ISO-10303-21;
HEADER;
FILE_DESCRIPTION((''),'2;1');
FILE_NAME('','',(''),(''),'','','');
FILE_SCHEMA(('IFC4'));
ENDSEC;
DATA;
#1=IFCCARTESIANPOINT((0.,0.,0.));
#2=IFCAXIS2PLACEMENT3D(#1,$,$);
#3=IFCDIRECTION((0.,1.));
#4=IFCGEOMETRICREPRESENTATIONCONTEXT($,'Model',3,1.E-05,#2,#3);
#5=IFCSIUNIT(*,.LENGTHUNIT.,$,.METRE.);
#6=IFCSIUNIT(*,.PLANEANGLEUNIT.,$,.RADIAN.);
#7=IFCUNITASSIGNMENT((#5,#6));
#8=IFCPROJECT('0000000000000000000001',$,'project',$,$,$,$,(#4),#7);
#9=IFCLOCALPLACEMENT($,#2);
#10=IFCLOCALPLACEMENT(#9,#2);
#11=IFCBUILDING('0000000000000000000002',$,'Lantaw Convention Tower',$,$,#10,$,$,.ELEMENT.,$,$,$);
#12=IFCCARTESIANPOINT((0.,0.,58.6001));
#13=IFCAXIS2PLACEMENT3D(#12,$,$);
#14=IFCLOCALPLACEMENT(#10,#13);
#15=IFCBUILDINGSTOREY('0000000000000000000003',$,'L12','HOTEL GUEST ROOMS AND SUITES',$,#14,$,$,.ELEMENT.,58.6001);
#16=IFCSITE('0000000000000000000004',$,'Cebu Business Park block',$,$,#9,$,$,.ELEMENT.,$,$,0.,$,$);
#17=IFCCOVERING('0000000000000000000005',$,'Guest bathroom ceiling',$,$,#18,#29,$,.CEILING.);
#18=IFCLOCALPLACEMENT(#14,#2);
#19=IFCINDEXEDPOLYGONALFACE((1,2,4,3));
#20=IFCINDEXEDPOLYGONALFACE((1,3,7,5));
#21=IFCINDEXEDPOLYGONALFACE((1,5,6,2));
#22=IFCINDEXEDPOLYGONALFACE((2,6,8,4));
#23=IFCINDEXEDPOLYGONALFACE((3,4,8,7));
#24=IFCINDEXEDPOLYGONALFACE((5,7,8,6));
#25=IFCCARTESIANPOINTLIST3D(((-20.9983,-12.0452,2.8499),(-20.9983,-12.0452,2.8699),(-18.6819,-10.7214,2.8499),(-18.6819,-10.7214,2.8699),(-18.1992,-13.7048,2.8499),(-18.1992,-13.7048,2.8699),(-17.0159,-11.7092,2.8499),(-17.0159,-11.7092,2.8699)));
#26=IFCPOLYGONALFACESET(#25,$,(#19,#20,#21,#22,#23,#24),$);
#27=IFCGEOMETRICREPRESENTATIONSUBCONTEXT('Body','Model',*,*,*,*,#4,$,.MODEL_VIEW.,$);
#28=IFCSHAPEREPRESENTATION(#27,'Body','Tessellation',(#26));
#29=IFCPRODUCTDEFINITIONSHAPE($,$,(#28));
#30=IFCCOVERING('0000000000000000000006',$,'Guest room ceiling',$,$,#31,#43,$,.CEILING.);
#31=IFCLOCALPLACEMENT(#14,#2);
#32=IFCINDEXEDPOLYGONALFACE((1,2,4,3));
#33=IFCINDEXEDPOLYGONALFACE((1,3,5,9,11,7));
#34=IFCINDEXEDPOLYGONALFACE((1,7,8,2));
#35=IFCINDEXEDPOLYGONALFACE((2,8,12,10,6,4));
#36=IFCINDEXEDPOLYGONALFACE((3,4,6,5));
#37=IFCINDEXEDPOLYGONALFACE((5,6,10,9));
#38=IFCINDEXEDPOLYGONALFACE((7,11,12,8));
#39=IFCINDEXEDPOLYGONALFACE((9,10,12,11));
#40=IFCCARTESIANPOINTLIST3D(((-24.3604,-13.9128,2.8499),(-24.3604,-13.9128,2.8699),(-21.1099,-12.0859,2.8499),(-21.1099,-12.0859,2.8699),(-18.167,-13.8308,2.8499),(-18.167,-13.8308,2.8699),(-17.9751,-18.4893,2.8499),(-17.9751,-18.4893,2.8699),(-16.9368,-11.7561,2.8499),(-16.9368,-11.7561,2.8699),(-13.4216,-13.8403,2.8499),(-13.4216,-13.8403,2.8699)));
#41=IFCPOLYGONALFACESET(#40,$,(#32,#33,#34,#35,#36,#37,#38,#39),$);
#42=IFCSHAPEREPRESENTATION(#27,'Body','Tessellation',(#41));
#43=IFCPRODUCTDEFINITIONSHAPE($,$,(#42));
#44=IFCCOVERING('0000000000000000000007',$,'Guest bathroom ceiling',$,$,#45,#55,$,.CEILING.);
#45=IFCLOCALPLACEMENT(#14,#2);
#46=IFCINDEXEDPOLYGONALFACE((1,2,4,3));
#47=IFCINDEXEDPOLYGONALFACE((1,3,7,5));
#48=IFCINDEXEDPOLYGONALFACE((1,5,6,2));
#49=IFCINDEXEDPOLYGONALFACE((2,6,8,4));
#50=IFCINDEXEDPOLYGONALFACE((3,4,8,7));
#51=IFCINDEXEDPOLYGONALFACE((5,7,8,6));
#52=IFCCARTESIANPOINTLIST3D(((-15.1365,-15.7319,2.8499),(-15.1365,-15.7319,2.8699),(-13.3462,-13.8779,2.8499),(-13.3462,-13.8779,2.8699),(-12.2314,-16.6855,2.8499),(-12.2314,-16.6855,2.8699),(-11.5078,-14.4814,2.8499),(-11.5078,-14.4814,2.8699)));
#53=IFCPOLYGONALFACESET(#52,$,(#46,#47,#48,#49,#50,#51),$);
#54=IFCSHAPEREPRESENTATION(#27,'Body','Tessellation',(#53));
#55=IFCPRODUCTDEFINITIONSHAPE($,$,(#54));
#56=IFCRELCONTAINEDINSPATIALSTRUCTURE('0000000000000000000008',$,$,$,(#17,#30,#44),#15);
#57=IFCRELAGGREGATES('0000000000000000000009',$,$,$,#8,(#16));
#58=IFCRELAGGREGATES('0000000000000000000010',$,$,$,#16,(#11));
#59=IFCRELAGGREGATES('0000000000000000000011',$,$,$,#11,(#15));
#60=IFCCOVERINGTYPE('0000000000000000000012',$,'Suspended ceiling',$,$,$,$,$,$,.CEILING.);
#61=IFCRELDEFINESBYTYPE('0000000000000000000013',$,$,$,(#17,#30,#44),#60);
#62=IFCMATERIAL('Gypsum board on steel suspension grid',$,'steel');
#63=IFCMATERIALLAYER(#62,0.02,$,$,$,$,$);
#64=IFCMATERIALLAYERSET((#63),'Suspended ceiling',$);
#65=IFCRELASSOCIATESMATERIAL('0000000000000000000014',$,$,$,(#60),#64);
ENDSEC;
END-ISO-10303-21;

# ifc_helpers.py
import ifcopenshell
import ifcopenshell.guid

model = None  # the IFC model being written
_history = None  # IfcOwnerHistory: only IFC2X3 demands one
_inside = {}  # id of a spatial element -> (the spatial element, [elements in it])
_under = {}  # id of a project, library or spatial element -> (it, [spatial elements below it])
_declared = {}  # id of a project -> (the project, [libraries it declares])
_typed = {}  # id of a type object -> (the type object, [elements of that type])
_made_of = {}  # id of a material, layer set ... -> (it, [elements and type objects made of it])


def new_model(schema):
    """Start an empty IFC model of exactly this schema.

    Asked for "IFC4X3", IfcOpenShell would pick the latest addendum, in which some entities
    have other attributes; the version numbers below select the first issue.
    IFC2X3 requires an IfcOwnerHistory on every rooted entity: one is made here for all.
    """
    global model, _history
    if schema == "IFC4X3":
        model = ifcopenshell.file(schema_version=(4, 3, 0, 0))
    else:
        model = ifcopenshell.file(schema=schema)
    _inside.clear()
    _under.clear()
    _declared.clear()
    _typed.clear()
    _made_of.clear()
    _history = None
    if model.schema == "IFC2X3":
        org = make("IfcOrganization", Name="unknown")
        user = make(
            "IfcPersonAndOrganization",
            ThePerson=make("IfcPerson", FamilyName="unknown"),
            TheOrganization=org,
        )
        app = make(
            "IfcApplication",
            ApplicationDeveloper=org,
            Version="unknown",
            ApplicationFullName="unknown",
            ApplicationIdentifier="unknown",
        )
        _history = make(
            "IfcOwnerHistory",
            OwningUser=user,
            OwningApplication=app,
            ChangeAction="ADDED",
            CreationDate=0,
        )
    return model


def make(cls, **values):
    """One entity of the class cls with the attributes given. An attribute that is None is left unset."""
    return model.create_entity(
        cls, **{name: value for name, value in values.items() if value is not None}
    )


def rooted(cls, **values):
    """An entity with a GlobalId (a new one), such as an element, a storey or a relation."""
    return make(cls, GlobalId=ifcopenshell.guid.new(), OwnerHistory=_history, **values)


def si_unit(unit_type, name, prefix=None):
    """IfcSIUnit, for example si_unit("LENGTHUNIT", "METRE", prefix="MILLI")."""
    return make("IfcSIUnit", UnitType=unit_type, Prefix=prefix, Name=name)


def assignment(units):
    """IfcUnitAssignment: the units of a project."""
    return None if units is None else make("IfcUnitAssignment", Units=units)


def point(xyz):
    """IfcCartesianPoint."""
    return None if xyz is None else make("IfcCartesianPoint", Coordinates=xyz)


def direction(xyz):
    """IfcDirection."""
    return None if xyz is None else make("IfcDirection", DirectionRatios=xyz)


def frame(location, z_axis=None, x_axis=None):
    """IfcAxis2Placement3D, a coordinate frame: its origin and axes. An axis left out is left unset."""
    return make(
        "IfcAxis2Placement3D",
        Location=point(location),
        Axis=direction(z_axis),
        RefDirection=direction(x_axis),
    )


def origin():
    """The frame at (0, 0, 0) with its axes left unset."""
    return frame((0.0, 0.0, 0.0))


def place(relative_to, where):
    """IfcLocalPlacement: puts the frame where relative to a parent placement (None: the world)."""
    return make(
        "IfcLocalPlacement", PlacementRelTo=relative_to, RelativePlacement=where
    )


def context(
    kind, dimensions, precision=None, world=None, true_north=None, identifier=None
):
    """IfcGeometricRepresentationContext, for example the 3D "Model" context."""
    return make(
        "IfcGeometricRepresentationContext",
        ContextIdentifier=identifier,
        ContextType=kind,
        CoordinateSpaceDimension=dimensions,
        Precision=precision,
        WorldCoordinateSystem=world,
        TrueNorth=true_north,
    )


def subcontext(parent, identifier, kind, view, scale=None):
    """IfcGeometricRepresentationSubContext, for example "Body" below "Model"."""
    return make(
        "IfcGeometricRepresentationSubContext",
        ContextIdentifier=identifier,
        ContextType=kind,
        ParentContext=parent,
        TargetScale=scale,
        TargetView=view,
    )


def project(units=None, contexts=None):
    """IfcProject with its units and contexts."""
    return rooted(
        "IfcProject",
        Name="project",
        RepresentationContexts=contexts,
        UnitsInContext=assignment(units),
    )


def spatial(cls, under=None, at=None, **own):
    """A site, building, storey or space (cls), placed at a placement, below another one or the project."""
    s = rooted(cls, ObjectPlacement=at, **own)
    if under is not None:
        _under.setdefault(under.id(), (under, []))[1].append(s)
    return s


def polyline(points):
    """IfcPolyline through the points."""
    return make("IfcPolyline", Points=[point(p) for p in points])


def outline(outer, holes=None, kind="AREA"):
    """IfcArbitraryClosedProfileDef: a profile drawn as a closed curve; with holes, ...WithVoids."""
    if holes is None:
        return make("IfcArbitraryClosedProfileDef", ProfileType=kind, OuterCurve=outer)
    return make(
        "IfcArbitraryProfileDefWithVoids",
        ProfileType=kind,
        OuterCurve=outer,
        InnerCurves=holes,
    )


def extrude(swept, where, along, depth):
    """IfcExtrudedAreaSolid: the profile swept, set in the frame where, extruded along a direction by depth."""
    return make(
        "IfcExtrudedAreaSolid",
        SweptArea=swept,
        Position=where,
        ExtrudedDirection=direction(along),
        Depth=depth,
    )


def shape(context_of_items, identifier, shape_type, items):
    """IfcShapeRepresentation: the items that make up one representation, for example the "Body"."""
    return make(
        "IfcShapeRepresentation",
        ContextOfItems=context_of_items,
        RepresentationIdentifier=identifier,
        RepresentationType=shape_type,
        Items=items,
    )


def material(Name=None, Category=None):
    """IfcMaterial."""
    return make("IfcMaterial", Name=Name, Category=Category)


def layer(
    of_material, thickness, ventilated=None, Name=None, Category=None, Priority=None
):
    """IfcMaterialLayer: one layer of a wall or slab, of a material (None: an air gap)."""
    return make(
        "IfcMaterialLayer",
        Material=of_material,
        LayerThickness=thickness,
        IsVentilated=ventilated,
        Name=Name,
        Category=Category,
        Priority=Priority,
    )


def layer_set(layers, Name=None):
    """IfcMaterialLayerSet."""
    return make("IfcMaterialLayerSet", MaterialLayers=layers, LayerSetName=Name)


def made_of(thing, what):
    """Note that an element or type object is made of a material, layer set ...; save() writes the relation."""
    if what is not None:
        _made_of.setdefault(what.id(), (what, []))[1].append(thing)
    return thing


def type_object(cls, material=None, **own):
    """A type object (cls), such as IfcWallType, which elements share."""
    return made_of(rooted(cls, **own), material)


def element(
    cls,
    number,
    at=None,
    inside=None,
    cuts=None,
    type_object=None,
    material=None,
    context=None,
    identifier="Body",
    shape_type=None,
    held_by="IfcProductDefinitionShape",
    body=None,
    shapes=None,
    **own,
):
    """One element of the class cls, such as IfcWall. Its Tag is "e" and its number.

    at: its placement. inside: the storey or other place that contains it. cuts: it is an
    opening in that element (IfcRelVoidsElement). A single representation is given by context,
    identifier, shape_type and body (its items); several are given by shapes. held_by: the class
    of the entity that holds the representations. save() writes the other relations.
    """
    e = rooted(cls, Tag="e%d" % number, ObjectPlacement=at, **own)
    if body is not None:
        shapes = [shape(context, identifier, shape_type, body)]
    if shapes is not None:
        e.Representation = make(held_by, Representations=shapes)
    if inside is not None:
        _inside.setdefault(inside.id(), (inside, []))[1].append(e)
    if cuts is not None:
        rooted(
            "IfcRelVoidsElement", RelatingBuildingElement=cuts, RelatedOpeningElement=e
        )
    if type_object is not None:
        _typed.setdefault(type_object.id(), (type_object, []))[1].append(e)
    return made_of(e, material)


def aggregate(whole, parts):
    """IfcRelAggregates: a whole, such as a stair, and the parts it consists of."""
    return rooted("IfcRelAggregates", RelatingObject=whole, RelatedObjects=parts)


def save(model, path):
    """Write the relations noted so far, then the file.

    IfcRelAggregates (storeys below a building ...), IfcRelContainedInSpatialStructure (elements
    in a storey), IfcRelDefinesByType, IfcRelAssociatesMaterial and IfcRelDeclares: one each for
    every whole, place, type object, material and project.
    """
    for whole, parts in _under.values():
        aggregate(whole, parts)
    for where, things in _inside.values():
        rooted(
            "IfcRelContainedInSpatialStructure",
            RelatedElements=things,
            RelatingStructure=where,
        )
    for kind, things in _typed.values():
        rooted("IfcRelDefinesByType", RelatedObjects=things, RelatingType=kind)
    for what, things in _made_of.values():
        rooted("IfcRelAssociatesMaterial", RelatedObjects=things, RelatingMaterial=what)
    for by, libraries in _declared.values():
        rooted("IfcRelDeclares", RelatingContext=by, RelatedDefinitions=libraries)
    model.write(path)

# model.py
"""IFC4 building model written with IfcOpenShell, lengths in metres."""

from ifc_helpers import new_model, si_unit, direction, frame, origin, place, context, subcontext, project, spatial, polyline, outline, extrude, material, layer, layer_set, type_object, element, save


model = new_model("IFC4")

# Units and contexts
model_context = context("Model", 3, precision=1e-05, world=origin(), true_north=direction((0.0, 1.0)))
body_context = subcontext(model_context, "Body", "Model", "MODEL_VIEW")
ifc_project = project(units=[si_unit("LENGTHUNIT", "METRE"), si_unit("PLANEANGLEUNIT", "RADIAN")], contexts=[model_context])

# Site, building, storey
site_placement = place(None, origin())
site = spatial("IfcSite", under=ifc_project, at=site_placement, Name="Cebu Business Park block", CompositionType="ELEMENT", RefElevation=0.0)
building_placement = place(site_placement, origin())
building = spatial("IfcBuilding", under=site, at=building_placement, Name="Lantaw Convention Tower", CompositionType="ELEMENT")
storey_placement = place(building_placement, frame((0.0, 0.0, 58.6001)))
storey = spatial("IfcBuildingStorey", under=building, at=storey_placement, Name="L12", Description="HOTEL GUEST ROOMS AND SUITES", CompositionType="ELEMENT", Elevation=58.6001)

# Coverings
ifc_material_1 = material(Name="Gypsum board on steel suspension grid", Category="steel")
ifc_layer_1 = layer(ifc_material_1, 0.02)
ifc_layer_set_1 = layer_set([ifc_layer_1], Name="Suspended ceiling")
covering_type = type_object("IfcCoveringType", Name="Suspended ceiling", PredefinedType="CEILING", material=ifc_layer_set_1)
covering_1_placement = place(storey_placement, frame((0.0, 0.0, 2.8499)))
element("IfcCovering", 1, at=covering_1_placement, inside=storey, type_object=covering_type, Name="Guest bathroom ceiling", PredefinedType="CEILING", context=body_context, shape_type="SweptSolid", body=[
    extrude(outline(polyline([(-18.6819, -10.7214), (-20.9983, -12.0452), (-18.1992, -13.7048), (-17.0159, -11.7092), (-18.6819, -10.7214)])), origin(), (0.0, 0.0, 1.0), 0.02),
])
covering_2_placement = place(storey_placement, frame((0.0, 0.0, 2.8499)))
element("IfcCovering", 2, at=covering_2_placement, inside=storey, type_object=covering_type, Name="Guest room ceiling", PredefinedType="CEILING", context=body_context, shape_type="SweptSolid", body=[
    extrude(outline(polyline([(-21.1099, -12.0859), (-24.3604, -13.9128), (-17.9751, -18.4893), (-13.4216, -13.8403), (-16.9368, -11.7561), (-18.167, -13.8308), (-21.1099, -12.0859)])), origin(), (0.0, 0.0, 1.0), 0.02),
])
covering_3_placement = place(storey_placement, frame((0.0, 0.0, 2.8499)))
element("IfcCovering", 3, at=covering_3_placement, inside=storey, type_object=covering_type, Name="Guest bathroom ceiling", PredefinedType="CEILING", context=body_context, shape_type="SweptSolid", body=[
    extrude(outline(polyline([(-13.3462, -13.8779), (-15.1365, -15.7319), (-12.2314, -16.6855), (-11.5078, -14.4814), (-13.3462, -13.8779)])), origin(), (0.0, 0.0, 1.0), 0.02),
])

save(model, "model.ifc")
